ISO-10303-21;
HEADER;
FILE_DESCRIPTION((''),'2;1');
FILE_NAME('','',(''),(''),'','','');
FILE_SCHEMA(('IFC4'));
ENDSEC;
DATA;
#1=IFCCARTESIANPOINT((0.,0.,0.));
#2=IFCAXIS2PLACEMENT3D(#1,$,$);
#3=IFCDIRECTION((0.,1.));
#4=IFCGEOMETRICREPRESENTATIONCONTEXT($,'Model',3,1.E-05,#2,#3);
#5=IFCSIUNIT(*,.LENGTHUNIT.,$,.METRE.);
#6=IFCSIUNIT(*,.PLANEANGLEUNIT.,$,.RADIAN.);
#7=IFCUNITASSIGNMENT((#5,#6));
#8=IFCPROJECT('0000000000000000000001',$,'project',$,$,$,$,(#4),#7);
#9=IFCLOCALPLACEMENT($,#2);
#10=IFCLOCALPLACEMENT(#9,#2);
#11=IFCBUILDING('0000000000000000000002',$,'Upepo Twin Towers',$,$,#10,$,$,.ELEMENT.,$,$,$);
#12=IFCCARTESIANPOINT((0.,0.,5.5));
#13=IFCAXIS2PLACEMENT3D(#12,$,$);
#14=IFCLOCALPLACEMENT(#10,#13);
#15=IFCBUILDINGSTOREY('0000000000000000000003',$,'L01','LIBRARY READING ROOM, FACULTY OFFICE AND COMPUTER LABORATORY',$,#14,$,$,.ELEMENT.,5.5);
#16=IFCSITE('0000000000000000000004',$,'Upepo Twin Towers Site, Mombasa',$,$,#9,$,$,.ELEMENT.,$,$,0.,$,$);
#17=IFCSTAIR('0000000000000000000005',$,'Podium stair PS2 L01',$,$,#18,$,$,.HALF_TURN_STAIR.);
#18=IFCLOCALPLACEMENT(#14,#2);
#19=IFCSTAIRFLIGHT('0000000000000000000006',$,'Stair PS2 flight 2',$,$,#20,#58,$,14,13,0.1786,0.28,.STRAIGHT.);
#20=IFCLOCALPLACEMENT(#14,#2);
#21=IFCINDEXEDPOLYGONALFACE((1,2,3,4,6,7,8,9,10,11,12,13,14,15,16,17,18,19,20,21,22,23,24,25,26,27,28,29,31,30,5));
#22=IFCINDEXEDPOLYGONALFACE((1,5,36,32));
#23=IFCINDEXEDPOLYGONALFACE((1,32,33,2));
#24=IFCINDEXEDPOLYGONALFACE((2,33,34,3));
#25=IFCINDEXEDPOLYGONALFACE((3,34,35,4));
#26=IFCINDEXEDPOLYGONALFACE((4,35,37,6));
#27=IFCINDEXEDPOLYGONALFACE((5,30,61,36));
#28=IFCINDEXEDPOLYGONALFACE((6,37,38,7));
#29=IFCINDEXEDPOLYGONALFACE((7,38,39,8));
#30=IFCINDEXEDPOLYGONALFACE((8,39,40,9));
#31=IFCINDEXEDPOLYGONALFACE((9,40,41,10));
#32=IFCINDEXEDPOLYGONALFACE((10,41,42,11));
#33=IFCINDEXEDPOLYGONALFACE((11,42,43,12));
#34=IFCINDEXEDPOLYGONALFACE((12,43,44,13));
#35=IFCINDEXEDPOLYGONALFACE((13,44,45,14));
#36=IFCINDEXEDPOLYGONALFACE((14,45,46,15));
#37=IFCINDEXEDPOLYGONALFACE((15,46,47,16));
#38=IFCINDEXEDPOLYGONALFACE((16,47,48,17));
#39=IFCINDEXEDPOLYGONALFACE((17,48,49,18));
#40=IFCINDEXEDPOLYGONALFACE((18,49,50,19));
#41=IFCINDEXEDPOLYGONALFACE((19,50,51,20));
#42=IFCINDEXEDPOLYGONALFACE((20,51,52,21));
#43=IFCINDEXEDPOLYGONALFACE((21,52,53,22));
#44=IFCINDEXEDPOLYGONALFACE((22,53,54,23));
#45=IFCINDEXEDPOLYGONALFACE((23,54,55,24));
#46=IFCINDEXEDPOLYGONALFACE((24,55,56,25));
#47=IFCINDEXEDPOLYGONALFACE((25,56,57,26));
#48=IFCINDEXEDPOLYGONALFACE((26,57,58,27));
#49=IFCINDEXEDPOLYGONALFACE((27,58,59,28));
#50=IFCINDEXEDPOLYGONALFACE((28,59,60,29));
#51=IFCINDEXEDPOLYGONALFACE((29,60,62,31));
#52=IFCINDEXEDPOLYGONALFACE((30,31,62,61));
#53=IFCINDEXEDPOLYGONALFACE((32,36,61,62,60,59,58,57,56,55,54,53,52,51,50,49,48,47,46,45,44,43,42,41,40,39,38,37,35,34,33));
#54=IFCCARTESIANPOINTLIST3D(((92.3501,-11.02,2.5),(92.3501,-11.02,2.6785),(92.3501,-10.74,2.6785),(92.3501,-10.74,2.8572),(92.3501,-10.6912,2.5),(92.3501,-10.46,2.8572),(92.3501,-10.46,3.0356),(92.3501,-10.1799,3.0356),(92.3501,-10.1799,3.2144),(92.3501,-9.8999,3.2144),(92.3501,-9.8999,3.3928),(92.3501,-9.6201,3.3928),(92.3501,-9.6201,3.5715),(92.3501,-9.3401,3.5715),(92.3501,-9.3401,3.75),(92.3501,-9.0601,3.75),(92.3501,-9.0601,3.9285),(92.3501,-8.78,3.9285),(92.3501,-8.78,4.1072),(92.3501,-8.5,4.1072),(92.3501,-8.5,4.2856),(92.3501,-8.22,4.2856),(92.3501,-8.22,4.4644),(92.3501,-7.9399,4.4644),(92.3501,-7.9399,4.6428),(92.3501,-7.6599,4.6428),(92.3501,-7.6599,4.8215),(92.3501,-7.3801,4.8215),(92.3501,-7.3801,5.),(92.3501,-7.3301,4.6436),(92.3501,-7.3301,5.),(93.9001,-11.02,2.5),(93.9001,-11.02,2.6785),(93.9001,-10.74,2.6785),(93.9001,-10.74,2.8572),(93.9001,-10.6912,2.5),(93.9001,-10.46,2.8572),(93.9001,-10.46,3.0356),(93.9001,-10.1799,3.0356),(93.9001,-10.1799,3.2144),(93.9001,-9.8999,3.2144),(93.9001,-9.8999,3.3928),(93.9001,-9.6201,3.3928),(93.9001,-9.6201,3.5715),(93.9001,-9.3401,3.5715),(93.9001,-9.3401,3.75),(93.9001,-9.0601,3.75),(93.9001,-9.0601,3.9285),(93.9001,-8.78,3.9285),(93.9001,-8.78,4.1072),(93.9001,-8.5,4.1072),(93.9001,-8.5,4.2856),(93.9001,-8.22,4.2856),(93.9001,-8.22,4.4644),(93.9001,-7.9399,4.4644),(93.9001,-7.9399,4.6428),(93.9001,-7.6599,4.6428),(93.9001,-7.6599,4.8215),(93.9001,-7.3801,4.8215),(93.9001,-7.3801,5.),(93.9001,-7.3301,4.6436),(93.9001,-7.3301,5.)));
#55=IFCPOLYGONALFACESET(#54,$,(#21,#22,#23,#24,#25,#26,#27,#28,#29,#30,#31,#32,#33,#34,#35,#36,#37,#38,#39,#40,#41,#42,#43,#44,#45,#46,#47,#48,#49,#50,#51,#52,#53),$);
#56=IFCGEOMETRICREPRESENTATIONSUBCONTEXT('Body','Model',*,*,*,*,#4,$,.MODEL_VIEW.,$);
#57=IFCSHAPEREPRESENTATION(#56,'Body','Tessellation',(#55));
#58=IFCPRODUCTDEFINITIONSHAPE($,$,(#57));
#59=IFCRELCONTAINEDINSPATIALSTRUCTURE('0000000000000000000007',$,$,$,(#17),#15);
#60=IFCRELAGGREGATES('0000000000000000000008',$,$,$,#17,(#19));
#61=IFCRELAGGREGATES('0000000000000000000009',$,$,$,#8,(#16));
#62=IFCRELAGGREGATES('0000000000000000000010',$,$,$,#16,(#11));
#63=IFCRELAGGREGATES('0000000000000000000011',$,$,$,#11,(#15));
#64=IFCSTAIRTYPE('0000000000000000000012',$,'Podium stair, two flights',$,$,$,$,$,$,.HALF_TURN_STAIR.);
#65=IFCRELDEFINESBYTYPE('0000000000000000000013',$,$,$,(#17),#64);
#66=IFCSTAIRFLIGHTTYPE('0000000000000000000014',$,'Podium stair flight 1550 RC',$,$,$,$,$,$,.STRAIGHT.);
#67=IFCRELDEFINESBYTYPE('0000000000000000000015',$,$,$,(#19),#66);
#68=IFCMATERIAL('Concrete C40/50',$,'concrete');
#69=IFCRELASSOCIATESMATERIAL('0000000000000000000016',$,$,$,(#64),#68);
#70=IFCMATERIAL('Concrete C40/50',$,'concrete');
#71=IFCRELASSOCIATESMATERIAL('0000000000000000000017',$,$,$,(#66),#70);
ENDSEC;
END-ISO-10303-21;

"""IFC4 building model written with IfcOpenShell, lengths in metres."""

from ifc_helpers import new_model, si_unit, direction, frame, origin, place, context, subcontext, project, spatial, polyline, outline, extrude, material, type_object, element, aggregate, save


model = new_model("IFC4")

# Units and contexts
model_context = context("Model", 3, precision=1e-05, world=origin(), true_north=direction((0.0, 1.0)))
body_context = subcontext(model_context, "Body", "Model", "MODEL_VIEW")
ifc_project = project(units=[si_unit("LENGTHUNIT", "METRE"), si_unit("PLANEANGLEUNIT", "RADIAN")], contexts=[model_context])

# Site, building, storey
site_placement = place(None, origin())
site = spatial("IfcSite", under=ifc_project, at=site_placement, Name="Upepo Twin Towers Site, Mombasa", CompositionType="ELEMENT", RefElevation=0.0)
building_placement = place(site_placement, origin())
building = spatial("IfcBuilding", under=site, at=building_placement, Name="Upepo Twin Towers", CompositionType="ELEMENT")
storey_placement = place(building_placement, frame((0.0, 0.0, 5.5)))
storey = spatial("IfcBuildingStorey", under=building, at=storey_placement, Name="L01", Description="LIBRARY READING ROOM, FACULTY OFFICE AND COMPUTER LABORATORY", CompositionType="ELEMENT", Elevation=5.5)

# Stair, stair flight
ifc_material_1 = material(Name="Concrete C40/50", Category="concrete")
stair_type = type_object("IfcStairType", Name="Podium stair, two flights", PredefinedType="HALF_TURN_STAIR", material=ifc_material_1)
stair_placement = place(storey_placement, origin())
stair = element("IfcStair", 1, at=stair_placement, inside=storey, type_object=stair_type, Name="Podium stair PS2 L01", PredefinedType="HALF_TURN_STAIR")
ifc_material_2 = material(Name="Concrete C40/50", Category="concrete")
stair_flight_type = type_object("IfcStairFlightType", Name="Podium stair flight 1550 RC", PredefinedType="STRAIGHT", material=ifc_material_2)
stair_flight_placement = place(storey_placement, frame((93.125, -11.02, 2.5), z_axis=(0.0, 0.0, 1.0), x_axis=(0.0, 1.0, 0.0)))
stair_flight = element("IfcStairFlight", 2, at=stair_flight_placement, type_object=stair_flight_type, Name="Stair PS2 flight 2", NumberOfRisers=14, NumberOfTreads=13, PredefinedType="STRAIGHT", RiserHeight=0.1786, TreadLength=0.28, context=body_context, shape_type="SweptSolid", body=[
    extrude(outline(polyline([(0.0, 0.0), (0.0, 0.1785), (0.28, 0.1785), (0.28, 0.3572), (0.5601, 0.3572), (0.5601, 0.5356), (0.8401, 0.5356), (0.8401, 0.7144), (1.1201, 0.7144), (1.1201, 0.8928), (1.3999, 0.8928), (1.3999, 1.0715), (1.6799, 1.0715), (1.6799, 1.25), (1.96, 1.25), (1.96, 1.4285), (2.24, 1.4285), (2.24, 1.6072), (2.52, 1.6072), (2.52, 1.7856), (2.8, 1.7856), (2.8, 1.9644), (3.0801, 1.9644), (3.0801, 2.1428), (3.3601, 2.1428), (3.3601, 2.3215), (3.6399, 2.3215), (3.6399, 2.5), (3.6899, 2.5), (3.6899, 2.1436), (0.3289, 0.0), (0.0, 0.0)])), frame((0.0, 0.7749, 0.0), z_axis=(0.0, -1.0, 0.0), x_axis=(1.0, 0.0, 0.0)), (0.0, 0.0, 1.0), 1.55),
])
aggregate(stair, [stair_flight])

save(model, "model.ifc")
